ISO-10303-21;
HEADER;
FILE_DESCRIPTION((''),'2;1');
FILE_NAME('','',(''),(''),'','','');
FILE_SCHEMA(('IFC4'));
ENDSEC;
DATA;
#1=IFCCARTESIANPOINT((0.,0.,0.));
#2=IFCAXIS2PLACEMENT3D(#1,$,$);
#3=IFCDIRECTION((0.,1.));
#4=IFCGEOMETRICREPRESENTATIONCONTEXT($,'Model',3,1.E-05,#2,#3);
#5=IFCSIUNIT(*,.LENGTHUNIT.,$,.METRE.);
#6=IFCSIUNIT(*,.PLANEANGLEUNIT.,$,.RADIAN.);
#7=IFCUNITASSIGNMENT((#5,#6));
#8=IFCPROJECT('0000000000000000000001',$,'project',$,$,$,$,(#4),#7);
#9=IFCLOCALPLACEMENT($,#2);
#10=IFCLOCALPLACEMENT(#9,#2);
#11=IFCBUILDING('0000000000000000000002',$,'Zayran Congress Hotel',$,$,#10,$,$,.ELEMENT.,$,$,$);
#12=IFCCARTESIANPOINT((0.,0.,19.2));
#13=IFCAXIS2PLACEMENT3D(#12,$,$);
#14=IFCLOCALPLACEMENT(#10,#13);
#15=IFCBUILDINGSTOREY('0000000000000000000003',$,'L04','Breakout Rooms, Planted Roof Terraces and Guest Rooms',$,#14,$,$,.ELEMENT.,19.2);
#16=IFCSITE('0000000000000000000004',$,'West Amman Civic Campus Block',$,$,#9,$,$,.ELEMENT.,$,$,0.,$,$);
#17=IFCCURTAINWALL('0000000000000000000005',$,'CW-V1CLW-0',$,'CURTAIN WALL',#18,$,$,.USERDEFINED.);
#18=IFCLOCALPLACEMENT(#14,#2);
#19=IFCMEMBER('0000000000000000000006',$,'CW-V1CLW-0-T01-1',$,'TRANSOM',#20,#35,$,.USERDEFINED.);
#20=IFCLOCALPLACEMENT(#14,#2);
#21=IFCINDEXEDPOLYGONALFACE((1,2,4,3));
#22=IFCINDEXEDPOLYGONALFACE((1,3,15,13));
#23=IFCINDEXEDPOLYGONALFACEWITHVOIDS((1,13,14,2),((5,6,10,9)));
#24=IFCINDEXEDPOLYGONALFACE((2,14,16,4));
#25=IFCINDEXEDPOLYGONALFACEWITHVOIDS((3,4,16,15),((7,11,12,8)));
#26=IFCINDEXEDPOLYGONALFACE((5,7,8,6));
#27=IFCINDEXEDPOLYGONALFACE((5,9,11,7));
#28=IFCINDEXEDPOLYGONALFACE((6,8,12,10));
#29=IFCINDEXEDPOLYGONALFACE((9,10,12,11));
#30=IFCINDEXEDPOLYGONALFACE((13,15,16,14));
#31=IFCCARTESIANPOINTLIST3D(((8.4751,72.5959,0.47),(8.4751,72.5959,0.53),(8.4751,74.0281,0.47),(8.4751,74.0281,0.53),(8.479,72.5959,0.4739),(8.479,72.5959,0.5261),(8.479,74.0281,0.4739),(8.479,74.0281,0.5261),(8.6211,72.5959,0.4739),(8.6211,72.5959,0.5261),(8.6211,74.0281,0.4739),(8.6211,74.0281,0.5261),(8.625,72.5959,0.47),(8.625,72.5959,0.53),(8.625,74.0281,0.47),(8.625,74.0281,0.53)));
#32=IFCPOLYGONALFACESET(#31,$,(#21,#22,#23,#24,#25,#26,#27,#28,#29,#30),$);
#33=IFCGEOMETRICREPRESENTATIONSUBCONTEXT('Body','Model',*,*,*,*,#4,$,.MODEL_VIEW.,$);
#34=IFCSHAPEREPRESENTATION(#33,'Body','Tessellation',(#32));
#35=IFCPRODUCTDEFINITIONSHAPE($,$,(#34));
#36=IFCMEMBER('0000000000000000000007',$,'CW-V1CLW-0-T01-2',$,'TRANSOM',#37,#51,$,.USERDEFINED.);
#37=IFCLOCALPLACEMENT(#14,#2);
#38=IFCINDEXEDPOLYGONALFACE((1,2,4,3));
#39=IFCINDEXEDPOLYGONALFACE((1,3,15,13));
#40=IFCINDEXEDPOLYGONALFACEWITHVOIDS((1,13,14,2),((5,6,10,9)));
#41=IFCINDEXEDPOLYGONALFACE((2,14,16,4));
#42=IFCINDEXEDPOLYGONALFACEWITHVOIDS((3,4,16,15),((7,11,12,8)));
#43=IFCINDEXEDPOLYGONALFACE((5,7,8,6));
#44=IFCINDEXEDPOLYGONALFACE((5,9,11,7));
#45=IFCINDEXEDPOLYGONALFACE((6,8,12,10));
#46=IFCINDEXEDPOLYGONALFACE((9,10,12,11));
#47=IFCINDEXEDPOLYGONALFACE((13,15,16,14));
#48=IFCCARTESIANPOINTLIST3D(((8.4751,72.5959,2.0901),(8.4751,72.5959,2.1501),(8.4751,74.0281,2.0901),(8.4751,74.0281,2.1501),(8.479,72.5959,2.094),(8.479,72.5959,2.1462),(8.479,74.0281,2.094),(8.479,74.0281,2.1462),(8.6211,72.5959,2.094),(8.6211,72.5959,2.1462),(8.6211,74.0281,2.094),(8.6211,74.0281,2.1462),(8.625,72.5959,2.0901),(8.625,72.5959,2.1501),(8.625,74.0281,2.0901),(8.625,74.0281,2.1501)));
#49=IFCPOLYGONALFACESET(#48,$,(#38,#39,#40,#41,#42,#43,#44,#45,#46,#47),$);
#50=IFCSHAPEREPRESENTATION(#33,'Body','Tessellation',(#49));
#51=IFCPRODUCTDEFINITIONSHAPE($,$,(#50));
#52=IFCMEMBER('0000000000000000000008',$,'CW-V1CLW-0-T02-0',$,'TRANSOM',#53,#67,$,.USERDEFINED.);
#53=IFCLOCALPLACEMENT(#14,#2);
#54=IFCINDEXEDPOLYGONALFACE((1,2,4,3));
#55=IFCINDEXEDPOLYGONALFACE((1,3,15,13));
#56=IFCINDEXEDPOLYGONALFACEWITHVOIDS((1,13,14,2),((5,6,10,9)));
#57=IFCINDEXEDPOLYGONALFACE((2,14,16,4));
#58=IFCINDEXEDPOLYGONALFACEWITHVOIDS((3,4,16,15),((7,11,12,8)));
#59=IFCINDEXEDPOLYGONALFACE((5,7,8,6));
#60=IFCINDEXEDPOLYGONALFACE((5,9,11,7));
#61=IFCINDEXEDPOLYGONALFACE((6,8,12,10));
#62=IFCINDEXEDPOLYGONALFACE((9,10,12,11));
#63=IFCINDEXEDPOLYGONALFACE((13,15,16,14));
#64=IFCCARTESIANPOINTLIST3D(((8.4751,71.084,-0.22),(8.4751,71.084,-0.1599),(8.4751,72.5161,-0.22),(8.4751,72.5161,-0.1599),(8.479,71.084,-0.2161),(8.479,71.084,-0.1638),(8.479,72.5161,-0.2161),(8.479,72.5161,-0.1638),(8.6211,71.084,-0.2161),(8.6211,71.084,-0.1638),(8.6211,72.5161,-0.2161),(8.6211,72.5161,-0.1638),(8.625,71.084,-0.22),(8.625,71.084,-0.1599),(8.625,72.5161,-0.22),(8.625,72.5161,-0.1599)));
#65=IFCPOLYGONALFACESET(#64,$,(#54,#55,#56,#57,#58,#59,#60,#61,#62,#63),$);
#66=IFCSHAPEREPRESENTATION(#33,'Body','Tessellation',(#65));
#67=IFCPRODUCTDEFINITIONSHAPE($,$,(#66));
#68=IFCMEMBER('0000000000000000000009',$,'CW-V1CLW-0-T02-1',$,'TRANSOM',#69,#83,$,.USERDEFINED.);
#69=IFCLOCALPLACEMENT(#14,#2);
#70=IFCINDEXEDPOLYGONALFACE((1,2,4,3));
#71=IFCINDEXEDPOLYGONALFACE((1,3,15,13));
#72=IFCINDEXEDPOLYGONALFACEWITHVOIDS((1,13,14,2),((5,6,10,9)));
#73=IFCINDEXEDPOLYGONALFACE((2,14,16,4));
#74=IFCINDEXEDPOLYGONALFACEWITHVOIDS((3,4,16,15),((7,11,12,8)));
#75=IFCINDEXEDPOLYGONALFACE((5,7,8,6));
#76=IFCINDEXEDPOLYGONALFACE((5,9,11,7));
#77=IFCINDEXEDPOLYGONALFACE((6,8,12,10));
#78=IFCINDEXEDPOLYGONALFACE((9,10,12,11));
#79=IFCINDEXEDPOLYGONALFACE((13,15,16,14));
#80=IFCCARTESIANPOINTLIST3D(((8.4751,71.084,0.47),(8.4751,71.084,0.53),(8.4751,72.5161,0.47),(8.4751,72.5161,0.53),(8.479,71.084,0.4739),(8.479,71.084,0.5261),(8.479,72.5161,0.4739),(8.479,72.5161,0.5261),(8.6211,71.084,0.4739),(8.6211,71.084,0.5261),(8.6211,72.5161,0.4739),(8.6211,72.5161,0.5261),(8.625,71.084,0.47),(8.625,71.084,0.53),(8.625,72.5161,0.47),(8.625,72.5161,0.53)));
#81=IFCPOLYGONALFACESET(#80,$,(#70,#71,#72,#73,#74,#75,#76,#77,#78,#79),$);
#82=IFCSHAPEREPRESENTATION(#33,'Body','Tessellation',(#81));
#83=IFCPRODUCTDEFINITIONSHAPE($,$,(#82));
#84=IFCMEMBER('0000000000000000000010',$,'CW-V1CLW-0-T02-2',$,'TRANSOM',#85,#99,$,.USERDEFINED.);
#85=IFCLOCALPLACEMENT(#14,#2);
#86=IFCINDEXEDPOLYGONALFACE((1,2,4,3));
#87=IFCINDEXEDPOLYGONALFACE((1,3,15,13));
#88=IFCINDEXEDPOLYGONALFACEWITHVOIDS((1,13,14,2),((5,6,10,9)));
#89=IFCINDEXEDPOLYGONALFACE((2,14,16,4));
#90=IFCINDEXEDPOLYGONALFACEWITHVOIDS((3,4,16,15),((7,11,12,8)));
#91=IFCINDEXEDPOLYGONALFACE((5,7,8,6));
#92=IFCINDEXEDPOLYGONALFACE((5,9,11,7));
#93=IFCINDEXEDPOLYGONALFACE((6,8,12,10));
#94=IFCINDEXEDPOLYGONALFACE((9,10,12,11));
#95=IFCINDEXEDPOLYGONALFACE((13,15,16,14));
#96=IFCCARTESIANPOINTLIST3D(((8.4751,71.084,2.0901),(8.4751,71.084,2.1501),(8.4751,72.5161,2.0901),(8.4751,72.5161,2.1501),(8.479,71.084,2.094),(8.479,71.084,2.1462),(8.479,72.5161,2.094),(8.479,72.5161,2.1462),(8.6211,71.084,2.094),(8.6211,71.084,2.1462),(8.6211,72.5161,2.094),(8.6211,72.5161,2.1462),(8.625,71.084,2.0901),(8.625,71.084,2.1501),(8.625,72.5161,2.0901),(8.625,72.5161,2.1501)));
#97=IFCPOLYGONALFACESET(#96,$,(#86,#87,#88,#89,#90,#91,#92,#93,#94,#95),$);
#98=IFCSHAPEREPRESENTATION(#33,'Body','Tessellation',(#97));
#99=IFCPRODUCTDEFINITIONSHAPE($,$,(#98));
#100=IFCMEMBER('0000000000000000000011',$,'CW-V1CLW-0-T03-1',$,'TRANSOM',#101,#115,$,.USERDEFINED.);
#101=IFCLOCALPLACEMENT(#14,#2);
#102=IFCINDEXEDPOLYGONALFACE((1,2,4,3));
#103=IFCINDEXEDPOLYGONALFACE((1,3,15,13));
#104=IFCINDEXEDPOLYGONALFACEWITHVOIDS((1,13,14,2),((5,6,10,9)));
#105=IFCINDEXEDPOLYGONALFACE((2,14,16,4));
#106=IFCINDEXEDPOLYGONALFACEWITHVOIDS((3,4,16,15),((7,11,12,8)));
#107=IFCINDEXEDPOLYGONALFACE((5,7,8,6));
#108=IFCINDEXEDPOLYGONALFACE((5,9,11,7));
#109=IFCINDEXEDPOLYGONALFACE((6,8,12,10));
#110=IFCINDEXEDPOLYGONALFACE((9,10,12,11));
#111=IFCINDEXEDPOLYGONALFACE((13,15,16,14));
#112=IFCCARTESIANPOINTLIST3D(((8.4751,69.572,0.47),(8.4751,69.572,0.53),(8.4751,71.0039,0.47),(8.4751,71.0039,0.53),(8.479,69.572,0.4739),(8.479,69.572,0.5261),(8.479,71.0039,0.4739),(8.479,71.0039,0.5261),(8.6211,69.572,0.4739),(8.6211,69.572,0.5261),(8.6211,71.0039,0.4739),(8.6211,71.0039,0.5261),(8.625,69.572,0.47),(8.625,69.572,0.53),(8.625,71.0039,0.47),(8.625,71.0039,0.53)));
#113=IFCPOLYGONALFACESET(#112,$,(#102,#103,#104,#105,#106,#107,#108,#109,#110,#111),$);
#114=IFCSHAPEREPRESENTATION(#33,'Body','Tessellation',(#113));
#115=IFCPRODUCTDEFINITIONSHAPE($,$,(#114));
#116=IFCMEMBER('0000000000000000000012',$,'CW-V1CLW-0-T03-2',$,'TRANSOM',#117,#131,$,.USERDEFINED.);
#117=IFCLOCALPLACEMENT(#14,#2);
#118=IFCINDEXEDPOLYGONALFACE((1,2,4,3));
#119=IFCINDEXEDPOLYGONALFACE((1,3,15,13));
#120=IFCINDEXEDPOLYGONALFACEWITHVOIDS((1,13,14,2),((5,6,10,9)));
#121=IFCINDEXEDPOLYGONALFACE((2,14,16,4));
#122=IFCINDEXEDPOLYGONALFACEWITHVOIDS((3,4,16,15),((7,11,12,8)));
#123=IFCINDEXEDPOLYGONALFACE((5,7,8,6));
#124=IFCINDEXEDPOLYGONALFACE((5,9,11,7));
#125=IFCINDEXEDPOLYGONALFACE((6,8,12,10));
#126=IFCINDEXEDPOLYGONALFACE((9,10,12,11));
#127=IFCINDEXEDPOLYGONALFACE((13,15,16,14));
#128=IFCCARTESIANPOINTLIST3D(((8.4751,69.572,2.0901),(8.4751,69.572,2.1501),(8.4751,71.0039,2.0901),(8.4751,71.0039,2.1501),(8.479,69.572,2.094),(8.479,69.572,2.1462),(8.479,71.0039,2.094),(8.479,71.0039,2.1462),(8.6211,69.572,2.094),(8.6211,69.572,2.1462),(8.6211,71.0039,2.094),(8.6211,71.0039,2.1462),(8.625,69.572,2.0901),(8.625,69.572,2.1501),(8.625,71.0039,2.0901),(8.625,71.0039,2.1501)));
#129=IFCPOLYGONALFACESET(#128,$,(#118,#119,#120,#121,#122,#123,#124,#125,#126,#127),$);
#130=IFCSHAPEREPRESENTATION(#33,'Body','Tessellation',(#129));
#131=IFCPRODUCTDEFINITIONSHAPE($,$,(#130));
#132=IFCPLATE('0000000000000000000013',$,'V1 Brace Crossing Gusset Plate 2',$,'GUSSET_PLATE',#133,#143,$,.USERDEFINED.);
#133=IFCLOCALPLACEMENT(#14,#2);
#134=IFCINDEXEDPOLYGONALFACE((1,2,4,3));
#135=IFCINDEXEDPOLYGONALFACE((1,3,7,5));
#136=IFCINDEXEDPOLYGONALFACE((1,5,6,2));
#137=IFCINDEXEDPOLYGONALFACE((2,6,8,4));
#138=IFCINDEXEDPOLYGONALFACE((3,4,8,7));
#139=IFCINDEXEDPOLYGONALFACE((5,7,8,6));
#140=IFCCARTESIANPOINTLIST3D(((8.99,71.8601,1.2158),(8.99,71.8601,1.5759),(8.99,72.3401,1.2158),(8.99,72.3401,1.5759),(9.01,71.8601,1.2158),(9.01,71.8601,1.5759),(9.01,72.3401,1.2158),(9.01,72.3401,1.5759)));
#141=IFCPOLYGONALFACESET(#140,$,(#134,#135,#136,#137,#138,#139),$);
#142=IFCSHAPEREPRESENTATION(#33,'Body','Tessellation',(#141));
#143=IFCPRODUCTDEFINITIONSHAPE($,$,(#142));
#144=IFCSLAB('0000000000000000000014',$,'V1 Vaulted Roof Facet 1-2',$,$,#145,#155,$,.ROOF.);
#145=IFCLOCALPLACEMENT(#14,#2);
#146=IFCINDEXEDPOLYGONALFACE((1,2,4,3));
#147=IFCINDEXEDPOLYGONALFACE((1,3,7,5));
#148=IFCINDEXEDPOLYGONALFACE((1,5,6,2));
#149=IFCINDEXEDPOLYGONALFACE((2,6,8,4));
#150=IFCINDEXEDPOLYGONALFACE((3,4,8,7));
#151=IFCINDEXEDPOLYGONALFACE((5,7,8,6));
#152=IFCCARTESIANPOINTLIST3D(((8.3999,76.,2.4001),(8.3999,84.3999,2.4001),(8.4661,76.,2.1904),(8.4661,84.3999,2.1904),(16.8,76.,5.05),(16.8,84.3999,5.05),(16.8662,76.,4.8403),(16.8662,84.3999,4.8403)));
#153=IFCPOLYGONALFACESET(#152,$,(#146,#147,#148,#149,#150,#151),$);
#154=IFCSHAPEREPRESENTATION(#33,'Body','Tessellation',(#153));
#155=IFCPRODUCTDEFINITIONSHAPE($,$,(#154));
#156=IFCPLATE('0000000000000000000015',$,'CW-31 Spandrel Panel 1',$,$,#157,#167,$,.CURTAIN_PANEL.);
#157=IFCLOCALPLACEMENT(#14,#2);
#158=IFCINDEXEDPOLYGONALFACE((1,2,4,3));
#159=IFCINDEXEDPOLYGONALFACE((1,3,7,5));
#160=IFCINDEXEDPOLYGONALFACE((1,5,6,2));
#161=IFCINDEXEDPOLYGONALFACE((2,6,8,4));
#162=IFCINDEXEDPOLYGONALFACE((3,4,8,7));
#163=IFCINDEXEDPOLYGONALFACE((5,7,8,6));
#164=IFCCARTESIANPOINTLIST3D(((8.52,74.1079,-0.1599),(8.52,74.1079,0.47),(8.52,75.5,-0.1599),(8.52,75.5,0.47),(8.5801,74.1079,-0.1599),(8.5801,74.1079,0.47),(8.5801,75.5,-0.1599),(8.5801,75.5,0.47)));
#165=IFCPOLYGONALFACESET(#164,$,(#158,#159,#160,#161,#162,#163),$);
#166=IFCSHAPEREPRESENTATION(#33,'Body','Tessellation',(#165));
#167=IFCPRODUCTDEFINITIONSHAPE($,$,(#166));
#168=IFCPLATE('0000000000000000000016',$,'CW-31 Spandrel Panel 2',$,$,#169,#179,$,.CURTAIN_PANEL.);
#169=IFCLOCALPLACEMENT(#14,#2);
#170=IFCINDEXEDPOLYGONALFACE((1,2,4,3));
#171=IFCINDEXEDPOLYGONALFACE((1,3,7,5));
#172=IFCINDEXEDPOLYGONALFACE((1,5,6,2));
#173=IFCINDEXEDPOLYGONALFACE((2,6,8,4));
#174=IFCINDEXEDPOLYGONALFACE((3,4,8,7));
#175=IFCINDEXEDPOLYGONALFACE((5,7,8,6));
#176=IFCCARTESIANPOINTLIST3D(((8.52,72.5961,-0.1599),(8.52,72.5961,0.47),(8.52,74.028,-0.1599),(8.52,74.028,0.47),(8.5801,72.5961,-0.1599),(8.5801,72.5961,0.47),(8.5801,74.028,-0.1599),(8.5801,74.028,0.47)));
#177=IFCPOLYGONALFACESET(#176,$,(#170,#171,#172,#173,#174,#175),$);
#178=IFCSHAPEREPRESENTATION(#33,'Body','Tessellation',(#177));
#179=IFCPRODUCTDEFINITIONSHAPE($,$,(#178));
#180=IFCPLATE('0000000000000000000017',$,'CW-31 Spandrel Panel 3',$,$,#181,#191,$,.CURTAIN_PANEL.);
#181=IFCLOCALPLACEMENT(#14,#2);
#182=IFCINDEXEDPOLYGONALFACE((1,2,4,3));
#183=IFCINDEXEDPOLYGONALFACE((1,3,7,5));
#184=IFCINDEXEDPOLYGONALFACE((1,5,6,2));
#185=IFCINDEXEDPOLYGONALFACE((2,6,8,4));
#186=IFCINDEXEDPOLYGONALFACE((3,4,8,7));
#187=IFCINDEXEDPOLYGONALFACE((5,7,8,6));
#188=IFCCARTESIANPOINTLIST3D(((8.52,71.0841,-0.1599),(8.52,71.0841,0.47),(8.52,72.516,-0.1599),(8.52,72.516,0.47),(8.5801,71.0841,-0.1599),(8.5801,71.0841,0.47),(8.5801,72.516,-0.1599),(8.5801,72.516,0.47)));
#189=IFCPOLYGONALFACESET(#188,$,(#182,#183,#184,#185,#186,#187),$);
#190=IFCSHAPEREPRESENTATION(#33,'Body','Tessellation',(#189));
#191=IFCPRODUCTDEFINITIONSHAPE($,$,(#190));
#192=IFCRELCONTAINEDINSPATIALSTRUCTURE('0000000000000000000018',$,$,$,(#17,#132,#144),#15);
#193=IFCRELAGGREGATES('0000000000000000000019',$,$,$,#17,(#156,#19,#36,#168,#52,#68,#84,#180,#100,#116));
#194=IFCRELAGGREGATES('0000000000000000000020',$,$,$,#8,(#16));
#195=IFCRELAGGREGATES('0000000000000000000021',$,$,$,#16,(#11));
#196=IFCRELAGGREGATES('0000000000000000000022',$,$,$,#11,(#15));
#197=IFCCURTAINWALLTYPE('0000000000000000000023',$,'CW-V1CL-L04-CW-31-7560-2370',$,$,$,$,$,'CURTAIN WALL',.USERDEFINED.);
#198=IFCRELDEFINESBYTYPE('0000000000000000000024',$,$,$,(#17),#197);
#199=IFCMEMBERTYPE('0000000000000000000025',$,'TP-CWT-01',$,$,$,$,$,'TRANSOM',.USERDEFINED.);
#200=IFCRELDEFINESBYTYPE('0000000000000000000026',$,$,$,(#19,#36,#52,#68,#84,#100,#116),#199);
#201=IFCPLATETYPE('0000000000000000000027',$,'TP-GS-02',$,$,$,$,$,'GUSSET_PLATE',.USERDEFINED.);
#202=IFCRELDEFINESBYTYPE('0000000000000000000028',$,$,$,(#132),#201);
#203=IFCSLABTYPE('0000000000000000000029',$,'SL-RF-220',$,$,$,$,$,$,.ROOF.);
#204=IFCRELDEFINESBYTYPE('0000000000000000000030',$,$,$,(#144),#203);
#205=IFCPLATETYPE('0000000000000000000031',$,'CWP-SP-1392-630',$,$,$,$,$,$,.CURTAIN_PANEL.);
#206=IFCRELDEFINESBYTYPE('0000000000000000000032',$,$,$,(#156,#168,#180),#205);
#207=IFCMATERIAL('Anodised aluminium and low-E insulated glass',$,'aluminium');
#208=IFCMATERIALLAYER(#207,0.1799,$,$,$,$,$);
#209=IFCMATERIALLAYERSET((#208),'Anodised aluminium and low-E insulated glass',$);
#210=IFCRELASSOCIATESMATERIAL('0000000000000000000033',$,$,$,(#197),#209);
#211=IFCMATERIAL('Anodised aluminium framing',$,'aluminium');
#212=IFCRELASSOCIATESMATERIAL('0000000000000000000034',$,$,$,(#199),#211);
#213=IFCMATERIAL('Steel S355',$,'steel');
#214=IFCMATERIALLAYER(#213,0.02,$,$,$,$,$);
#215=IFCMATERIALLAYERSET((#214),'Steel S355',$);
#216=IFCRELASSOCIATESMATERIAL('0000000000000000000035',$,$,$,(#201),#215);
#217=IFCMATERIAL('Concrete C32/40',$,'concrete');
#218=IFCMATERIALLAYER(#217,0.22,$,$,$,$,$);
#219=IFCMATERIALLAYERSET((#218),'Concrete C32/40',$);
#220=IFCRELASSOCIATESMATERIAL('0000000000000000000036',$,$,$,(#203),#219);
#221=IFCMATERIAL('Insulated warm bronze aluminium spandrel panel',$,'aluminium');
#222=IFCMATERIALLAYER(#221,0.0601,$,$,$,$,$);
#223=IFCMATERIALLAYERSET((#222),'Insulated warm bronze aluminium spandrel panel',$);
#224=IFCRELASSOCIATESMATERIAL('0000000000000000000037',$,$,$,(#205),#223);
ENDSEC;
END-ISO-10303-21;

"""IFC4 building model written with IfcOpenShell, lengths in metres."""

from ifc_helpers import new_model, si_unit, direction, frame, origin, origin_2d, place, context, subcontext, project, spatial, polyline, rectangle, hollow_rectangle, outline, extrude, material, layer, layer_set, material_profile, profile_set, type_object, element, aggregate, save


model = new_model("IFC4")

# Units and contexts
model_context = context("Model", 3, precision=1e-05, world=origin(), true_north=direction((0.0, 1.0)))
body_context = subcontext(model_context, "Body", "Model", "MODEL_VIEW")
ifc_project = project(units=[si_unit("LENGTHUNIT", "METRE"), si_unit("PLANEANGLEUNIT", "RADIAN")], contexts=[model_context])

# Site, building, storey
site_placement = place(None, origin())
site = spatial("IfcSite", under=ifc_project, at=site_placement, Name="West Amman Civic Campus Block", CompositionType="ELEMENT", RefElevation=0.0)
building_placement = place(site_placement, origin())
building = spatial("IfcBuilding", under=site, at=building_placement, Name="Zayran Congress Hotel", CompositionType="ELEMENT")
storey_placement = place(building_placement, frame((0.0, 0.0, 19.2)))
storey = spatial("IfcBuildingStorey", under=building, at=storey_placement, Name="L04", Description="Breakout Rooms, Planted Roof Terraces and Guest Rooms", CompositionType="ELEMENT", Elevation=19.2)

# Shared definitions
ifc_material_1 = material(Name="Steel S355", Category="steel")

# Curtain wall, members
ifc_material_2 = material(Name="Anodised aluminium and low-E insulated glass", Category="aluminium")
ifc_layer_1 = layer(ifc_material_2, 0.1799)
ifc_layer_set_1 = layer_set([ifc_layer_1], Name="Anodised aluminium and low-E insulated glass")
curtain_wall_type = type_object("IfcCurtainWallType", Name="CW-V1CL-L04-CW-31-7560-2370", ElementType="CURTAIN WALL", PredefinedType="USERDEFINED", material=ifc_layer_set_1)
curtain_wall_placement = place(storey_placement, origin())
curtain_wall = element("IfcCurtainWall", 1, at=curtain_wall_placement, inside=storey, type_object=curtain_wall_type, Name="CW-V1CLW-0", ObjectType="CURTAIN WALL", PredefinedType="USERDEFINED")
ifc_material_3 = material(Name="Anodised aluminium framing", Category="aluminium")
ifc_material_profile_1 = material_profile(ifc_material_3, hollow_rectangle(XDim=0.0601, YDim=0.1499, WallThickness=0.0039, at=origin_2d()), Name="RHS 150x60x4")
ifc_profile_set_1 = profile_set([ifc_material_profile_1], Name="Anodised aluminium framing")
member_type_1 = type_object("IfcMemberType", Name="TP-CWT-01", ElementType="TRANSOM", PredefinedType="USERDEFINED", material=ifc_profile_set_1)
member_1_placement = place(storey_placement, frame((8.55, 74.0281, 0.5), z_axis=(0.0, -1.0, 0.0), x_axis=(0.0, 0.0, 1.0)))
member_1 = element("IfcMember", 2, at=member_1_placement, type_object=member_type_1, Name="CW-V1CLW-0-T01-1", ObjectType="TRANSOM", PredefinedType="USERDEFINED", context=body_context, shape_type="SweptSolid", body=[
    extrude(hollow_rectangle(XDim=0.0601, YDim=0.1499, WallThickness=0.0039, at=origin_2d()), origin(), (0.0, 0.0, 1.0), 1.4321),
])
member_2_placement = place(storey_placement, frame((8.55, 74.0281, 2.1201), z_axis=(0.0, -1.0, 0.0), x_axis=(0.0, 0.0, 1.0)))
member_2 = element("IfcMember", 3, at=member_2_placement, type_object=member_type_1, Name="CW-V1CLW-0-T01-2", ObjectType="TRANSOM", PredefinedType="USERDEFINED", context=body_context, shape_type="SweptSolid", body=[
    extrude(hollow_rectangle(XDim=0.0601, YDim=0.1499, WallThickness=0.0039, at=origin_2d()), origin(), (0.0, 0.0, 1.0), 1.4321),
])
member_3_placement = place(storey_placement, frame((8.55, 72.5161, -0.1899), z_axis=(0.0, -1.0, 0.0), x_axis=(0.0, 0.0, 1.0)))
member_3 = element("IfcMember", 4, at=member_3_placement, type_object=member_type_1, Name="CW-V1CLW-0-T02-0", ObjectType="TRANSOM", PredefinedType="USERDEFINED", context=body_context, shape_type="SweptSolid", body=[
    extrude(hollow_rectangle(XDim=0.0601, YDim=0.1499, WallThickness=0.0039, at=origin_2d()), origin(), (0.0, 0.0, 1.0), 1.4321),
])
member_4_placement = place(storey_placement, frame((8.55, 72.5161, 0.5), z_axis=(0.0, -1.0, 0.0), x_axis=(0.0, 0.0, 1.0)))
member_4 = element("IfcMember", 5, at=member_4_placement, type_object=member_type_1, Name="CW-V1CLW-0-T02-1", ObjectType="TRANSOM", PredefinedType="USERDEFINED", context=body_context, shape_type="SweptSolid", body=[
    extrude(hollow_rectangle(XDim=0.0601, YDim=0.1499, WallThickness=0.0039, at=origin_2d()), origin(), (0.0, 0.0, 1.0), 1.4321),
])
member_5_placement = place(storey_placement, frame((8.55, 72.5161, 2.1201), z_axis=(0.0, -1.0, 0.0), x_axis=(0.0, 0.0, 1.0)))
member_5 = element("IfcMember", 6, at=member_5_placement, type_object=member_type_1, Name="CW-V1CLW-0-T02-2", ObjectType="TRANSOM", PredefinedType="USERDEFINED", context=body_context, shape_type="SweptSolid", body=[
    extrude(hollow_rectangle(XDim=0.0601, YDim=0.1499, WallThickness=0.0039, at=origin_2d()), origin(), (0.0, 0.0, 1.0), 1.4321),
])
member_6_placement = place(storey_placement, frame((8.55, 71.0039, 0.5), z_axis=(0.0, -1.0, 0.0), x_axis=(0.0, 0.0, 1.0)))
member_6 = element("IfcMember", 7, at=member_6_placement, type_object=member_type_1, Name="CW-V1CLW-0-T03-1", ObjectType="TRANSOM", PredefinedType="USERDEFINED", context=body_context, shape_type="SweptSolid", body=[
    extrude(hollow_rectangle(XDim=0.0601, YDim=0.1499, WallThickness=0.0039, at=origin_2d()), origin(), (0.0, 0.0, 1.0), 1.4319),
])
member_7_placement = place(storey_placement, frame((8.55, 71.0039, 2.1201), z_axis=(0.0, -1.0, 0.0), x_axis=(0.0, 0.0, 1.0)))
member_7 = element("IfcMember", 8, at=member_7_placement, type_object=member_type_1, Name="CW-V1CLW-0-T03-2", ObjectType="TRANSOM", PredefinedType="USERDEFINED", context=body_context, shape_type="SweptSolid", body=[
    extrude(hollow_rectangle(XDim=0.0601, YDim=0.1499, WallThickness=0.0039, at=origin_2d()), origin(), (0.0, 0.0, 1.0), 1.4319),
])

# Plate
ifc_layer_2 = layer(ifc_material_1, 0.02)
ifc_layer_set_2 = layer_set([ifc_layer_2], Name="Steel S355")
plate_type_1 = type_object("IfcPlateType", Name="TP-GS-02", ElementType="GUSSET_PLATE", PredefinedType="USERDEFINED", material=ifc_layer_set_2)
plate_1_placement = place(storey_placement, frame((9.0, 72.1001, 1.2158), z_axis=(0.0, 0.0, 1.0), x_axis=(0.0, 1.0, 0.0)))
element("IfcPlate", 9, at=plate_1_placement, inside=storey, type_object=plate_type_1, Name="V1 Brace Crossing Gusset Plate 2", ObjectType="GUSSET_PLATE", PredefinedType="USERDEFINED", context=body_context, shape_type="SweptSolid", body=[
    extrude(rectangle(XDim=0.48, YDim=0.02, at=origin_2d()), origin(), (0.0, 0.0, 1.0), 0.3601),
])

# Slab
ifc_material_4 = material(Name="Concrete C32/40", Category="concrete")
ifc_layer_3 = layer(ifc_material_4, 0.22)
ifc_layer_set_3 = layer_set([ifc_layer_3], Name="Concrete C32/40")
slab_type = type_object("IfcSlabType", Name="SL-RF-220", PredefinedType="ROOF", material=ifc_layer_set_3)
slab_placement = place(storey_placement, frame((8.3999, 76.0, 2.4001), z_axis=(-0.300845, 0.0, 0.953673), x_axis=(0.953673, 0.0, 0.300845)))
element("IfcSlab", 10, at=slab_placement, inside=storey, type_object=slab_type, Name="V1 Vaulted Roof Facet 1-2", PredefinedType="ROOF", context=body_context, shape_type="SweptSolid", body=[
    extrude(outline(polyline([(0.0, 0.0), (8.8082, 0.0), (8.8082, 8.3999), (0.0, 8.3999), (0.0, 0.0)])), origin(), (0.0, 0.0, -1.0), 0.22),
])

# Plates
ifc_material_5 = material(Name="Insulated warm bronze aluminium spandrel panel", Category="aluminium")
ifc_layer_4 = layer(ifc_material_5, 0.0601)
ifc_layer_set_4 = layer_set([ifc_layer_4], Name="Insulated warm bronze aluminium spandrel panel")
plate_type_2 = type_object("IfcPlateType", Name="CWP-SP-1392-630", PredefinedType="CURTAIN_PANEL", material=ifc_layer_set_4)
plate_2_placement = place(storey_placement, frame((8.55, 74.804, -0.1599), z_axis=(0.0, 0.0, 1.0), x_axis=(0.0, 1.0, 0.0)))
plate_2 = element("IfcPlate", 11, at=plate_2_placement, type_object=plate_type_2, Name="CW-31 Spandrel Panel 1", PredefinedType="CURTAIN_PANEL", context=body_context, shape_type="SweptSolid", body=[
    extrude(rectangle(XDim=1.3921, YDim=0.0601, at=origin_2d()), origin(), (0.0, 0.0, 1.0), 0.6299),
])
plate_3_placement = place(storey_placement, frame((8.55, 73.312, -0.1599), z_axis=(0.0, 0.0, 1.0), x_axis=(0.0, 1.0, 0.0)))
plate_3 = element("IfcPlate", 12, at=plate_3_placement, type_object=plate_type_2, Name="CW-31 Spandrel Panel 2", PredefinedType="CURTAIN_PANEL", context=body_context, shape_type="SweptSolid", body=[
    extrude(rectangle(XDim=1.4319, YDim=0.0601, at=origin_2d()), origin(), (0.0, 0.0, 1.0), 0.6299),
])
plate_4_placement = place(storey_placement, frame((8.55, 71.8, -0.1599), z_axis=(0.0, 0.0, 1.0), x_axis=(0.0, 1.0, 0.0)))
plate_4 = element("IfcPlate", 13, at=plate_4_placement, type_object=plate_type_2, Name="CW-31 Spandrel Panel 3", PredefinedType="CURTAIN_PANEL", context=body_context, shape_type="SweptSolid", body=[
    extrude(rectangle(XDim=1.4319, YDim=0.0601, at=origin_2d()), origin(), (0.0, 0.0, 1.0), 0.6299),
])
aggregate(curtain_wall, [plate_2, member_1, member_2, plate_3, member_3, member_4, member_5, plate_4, member_6, member_7])

save(model, "model.ifc")
